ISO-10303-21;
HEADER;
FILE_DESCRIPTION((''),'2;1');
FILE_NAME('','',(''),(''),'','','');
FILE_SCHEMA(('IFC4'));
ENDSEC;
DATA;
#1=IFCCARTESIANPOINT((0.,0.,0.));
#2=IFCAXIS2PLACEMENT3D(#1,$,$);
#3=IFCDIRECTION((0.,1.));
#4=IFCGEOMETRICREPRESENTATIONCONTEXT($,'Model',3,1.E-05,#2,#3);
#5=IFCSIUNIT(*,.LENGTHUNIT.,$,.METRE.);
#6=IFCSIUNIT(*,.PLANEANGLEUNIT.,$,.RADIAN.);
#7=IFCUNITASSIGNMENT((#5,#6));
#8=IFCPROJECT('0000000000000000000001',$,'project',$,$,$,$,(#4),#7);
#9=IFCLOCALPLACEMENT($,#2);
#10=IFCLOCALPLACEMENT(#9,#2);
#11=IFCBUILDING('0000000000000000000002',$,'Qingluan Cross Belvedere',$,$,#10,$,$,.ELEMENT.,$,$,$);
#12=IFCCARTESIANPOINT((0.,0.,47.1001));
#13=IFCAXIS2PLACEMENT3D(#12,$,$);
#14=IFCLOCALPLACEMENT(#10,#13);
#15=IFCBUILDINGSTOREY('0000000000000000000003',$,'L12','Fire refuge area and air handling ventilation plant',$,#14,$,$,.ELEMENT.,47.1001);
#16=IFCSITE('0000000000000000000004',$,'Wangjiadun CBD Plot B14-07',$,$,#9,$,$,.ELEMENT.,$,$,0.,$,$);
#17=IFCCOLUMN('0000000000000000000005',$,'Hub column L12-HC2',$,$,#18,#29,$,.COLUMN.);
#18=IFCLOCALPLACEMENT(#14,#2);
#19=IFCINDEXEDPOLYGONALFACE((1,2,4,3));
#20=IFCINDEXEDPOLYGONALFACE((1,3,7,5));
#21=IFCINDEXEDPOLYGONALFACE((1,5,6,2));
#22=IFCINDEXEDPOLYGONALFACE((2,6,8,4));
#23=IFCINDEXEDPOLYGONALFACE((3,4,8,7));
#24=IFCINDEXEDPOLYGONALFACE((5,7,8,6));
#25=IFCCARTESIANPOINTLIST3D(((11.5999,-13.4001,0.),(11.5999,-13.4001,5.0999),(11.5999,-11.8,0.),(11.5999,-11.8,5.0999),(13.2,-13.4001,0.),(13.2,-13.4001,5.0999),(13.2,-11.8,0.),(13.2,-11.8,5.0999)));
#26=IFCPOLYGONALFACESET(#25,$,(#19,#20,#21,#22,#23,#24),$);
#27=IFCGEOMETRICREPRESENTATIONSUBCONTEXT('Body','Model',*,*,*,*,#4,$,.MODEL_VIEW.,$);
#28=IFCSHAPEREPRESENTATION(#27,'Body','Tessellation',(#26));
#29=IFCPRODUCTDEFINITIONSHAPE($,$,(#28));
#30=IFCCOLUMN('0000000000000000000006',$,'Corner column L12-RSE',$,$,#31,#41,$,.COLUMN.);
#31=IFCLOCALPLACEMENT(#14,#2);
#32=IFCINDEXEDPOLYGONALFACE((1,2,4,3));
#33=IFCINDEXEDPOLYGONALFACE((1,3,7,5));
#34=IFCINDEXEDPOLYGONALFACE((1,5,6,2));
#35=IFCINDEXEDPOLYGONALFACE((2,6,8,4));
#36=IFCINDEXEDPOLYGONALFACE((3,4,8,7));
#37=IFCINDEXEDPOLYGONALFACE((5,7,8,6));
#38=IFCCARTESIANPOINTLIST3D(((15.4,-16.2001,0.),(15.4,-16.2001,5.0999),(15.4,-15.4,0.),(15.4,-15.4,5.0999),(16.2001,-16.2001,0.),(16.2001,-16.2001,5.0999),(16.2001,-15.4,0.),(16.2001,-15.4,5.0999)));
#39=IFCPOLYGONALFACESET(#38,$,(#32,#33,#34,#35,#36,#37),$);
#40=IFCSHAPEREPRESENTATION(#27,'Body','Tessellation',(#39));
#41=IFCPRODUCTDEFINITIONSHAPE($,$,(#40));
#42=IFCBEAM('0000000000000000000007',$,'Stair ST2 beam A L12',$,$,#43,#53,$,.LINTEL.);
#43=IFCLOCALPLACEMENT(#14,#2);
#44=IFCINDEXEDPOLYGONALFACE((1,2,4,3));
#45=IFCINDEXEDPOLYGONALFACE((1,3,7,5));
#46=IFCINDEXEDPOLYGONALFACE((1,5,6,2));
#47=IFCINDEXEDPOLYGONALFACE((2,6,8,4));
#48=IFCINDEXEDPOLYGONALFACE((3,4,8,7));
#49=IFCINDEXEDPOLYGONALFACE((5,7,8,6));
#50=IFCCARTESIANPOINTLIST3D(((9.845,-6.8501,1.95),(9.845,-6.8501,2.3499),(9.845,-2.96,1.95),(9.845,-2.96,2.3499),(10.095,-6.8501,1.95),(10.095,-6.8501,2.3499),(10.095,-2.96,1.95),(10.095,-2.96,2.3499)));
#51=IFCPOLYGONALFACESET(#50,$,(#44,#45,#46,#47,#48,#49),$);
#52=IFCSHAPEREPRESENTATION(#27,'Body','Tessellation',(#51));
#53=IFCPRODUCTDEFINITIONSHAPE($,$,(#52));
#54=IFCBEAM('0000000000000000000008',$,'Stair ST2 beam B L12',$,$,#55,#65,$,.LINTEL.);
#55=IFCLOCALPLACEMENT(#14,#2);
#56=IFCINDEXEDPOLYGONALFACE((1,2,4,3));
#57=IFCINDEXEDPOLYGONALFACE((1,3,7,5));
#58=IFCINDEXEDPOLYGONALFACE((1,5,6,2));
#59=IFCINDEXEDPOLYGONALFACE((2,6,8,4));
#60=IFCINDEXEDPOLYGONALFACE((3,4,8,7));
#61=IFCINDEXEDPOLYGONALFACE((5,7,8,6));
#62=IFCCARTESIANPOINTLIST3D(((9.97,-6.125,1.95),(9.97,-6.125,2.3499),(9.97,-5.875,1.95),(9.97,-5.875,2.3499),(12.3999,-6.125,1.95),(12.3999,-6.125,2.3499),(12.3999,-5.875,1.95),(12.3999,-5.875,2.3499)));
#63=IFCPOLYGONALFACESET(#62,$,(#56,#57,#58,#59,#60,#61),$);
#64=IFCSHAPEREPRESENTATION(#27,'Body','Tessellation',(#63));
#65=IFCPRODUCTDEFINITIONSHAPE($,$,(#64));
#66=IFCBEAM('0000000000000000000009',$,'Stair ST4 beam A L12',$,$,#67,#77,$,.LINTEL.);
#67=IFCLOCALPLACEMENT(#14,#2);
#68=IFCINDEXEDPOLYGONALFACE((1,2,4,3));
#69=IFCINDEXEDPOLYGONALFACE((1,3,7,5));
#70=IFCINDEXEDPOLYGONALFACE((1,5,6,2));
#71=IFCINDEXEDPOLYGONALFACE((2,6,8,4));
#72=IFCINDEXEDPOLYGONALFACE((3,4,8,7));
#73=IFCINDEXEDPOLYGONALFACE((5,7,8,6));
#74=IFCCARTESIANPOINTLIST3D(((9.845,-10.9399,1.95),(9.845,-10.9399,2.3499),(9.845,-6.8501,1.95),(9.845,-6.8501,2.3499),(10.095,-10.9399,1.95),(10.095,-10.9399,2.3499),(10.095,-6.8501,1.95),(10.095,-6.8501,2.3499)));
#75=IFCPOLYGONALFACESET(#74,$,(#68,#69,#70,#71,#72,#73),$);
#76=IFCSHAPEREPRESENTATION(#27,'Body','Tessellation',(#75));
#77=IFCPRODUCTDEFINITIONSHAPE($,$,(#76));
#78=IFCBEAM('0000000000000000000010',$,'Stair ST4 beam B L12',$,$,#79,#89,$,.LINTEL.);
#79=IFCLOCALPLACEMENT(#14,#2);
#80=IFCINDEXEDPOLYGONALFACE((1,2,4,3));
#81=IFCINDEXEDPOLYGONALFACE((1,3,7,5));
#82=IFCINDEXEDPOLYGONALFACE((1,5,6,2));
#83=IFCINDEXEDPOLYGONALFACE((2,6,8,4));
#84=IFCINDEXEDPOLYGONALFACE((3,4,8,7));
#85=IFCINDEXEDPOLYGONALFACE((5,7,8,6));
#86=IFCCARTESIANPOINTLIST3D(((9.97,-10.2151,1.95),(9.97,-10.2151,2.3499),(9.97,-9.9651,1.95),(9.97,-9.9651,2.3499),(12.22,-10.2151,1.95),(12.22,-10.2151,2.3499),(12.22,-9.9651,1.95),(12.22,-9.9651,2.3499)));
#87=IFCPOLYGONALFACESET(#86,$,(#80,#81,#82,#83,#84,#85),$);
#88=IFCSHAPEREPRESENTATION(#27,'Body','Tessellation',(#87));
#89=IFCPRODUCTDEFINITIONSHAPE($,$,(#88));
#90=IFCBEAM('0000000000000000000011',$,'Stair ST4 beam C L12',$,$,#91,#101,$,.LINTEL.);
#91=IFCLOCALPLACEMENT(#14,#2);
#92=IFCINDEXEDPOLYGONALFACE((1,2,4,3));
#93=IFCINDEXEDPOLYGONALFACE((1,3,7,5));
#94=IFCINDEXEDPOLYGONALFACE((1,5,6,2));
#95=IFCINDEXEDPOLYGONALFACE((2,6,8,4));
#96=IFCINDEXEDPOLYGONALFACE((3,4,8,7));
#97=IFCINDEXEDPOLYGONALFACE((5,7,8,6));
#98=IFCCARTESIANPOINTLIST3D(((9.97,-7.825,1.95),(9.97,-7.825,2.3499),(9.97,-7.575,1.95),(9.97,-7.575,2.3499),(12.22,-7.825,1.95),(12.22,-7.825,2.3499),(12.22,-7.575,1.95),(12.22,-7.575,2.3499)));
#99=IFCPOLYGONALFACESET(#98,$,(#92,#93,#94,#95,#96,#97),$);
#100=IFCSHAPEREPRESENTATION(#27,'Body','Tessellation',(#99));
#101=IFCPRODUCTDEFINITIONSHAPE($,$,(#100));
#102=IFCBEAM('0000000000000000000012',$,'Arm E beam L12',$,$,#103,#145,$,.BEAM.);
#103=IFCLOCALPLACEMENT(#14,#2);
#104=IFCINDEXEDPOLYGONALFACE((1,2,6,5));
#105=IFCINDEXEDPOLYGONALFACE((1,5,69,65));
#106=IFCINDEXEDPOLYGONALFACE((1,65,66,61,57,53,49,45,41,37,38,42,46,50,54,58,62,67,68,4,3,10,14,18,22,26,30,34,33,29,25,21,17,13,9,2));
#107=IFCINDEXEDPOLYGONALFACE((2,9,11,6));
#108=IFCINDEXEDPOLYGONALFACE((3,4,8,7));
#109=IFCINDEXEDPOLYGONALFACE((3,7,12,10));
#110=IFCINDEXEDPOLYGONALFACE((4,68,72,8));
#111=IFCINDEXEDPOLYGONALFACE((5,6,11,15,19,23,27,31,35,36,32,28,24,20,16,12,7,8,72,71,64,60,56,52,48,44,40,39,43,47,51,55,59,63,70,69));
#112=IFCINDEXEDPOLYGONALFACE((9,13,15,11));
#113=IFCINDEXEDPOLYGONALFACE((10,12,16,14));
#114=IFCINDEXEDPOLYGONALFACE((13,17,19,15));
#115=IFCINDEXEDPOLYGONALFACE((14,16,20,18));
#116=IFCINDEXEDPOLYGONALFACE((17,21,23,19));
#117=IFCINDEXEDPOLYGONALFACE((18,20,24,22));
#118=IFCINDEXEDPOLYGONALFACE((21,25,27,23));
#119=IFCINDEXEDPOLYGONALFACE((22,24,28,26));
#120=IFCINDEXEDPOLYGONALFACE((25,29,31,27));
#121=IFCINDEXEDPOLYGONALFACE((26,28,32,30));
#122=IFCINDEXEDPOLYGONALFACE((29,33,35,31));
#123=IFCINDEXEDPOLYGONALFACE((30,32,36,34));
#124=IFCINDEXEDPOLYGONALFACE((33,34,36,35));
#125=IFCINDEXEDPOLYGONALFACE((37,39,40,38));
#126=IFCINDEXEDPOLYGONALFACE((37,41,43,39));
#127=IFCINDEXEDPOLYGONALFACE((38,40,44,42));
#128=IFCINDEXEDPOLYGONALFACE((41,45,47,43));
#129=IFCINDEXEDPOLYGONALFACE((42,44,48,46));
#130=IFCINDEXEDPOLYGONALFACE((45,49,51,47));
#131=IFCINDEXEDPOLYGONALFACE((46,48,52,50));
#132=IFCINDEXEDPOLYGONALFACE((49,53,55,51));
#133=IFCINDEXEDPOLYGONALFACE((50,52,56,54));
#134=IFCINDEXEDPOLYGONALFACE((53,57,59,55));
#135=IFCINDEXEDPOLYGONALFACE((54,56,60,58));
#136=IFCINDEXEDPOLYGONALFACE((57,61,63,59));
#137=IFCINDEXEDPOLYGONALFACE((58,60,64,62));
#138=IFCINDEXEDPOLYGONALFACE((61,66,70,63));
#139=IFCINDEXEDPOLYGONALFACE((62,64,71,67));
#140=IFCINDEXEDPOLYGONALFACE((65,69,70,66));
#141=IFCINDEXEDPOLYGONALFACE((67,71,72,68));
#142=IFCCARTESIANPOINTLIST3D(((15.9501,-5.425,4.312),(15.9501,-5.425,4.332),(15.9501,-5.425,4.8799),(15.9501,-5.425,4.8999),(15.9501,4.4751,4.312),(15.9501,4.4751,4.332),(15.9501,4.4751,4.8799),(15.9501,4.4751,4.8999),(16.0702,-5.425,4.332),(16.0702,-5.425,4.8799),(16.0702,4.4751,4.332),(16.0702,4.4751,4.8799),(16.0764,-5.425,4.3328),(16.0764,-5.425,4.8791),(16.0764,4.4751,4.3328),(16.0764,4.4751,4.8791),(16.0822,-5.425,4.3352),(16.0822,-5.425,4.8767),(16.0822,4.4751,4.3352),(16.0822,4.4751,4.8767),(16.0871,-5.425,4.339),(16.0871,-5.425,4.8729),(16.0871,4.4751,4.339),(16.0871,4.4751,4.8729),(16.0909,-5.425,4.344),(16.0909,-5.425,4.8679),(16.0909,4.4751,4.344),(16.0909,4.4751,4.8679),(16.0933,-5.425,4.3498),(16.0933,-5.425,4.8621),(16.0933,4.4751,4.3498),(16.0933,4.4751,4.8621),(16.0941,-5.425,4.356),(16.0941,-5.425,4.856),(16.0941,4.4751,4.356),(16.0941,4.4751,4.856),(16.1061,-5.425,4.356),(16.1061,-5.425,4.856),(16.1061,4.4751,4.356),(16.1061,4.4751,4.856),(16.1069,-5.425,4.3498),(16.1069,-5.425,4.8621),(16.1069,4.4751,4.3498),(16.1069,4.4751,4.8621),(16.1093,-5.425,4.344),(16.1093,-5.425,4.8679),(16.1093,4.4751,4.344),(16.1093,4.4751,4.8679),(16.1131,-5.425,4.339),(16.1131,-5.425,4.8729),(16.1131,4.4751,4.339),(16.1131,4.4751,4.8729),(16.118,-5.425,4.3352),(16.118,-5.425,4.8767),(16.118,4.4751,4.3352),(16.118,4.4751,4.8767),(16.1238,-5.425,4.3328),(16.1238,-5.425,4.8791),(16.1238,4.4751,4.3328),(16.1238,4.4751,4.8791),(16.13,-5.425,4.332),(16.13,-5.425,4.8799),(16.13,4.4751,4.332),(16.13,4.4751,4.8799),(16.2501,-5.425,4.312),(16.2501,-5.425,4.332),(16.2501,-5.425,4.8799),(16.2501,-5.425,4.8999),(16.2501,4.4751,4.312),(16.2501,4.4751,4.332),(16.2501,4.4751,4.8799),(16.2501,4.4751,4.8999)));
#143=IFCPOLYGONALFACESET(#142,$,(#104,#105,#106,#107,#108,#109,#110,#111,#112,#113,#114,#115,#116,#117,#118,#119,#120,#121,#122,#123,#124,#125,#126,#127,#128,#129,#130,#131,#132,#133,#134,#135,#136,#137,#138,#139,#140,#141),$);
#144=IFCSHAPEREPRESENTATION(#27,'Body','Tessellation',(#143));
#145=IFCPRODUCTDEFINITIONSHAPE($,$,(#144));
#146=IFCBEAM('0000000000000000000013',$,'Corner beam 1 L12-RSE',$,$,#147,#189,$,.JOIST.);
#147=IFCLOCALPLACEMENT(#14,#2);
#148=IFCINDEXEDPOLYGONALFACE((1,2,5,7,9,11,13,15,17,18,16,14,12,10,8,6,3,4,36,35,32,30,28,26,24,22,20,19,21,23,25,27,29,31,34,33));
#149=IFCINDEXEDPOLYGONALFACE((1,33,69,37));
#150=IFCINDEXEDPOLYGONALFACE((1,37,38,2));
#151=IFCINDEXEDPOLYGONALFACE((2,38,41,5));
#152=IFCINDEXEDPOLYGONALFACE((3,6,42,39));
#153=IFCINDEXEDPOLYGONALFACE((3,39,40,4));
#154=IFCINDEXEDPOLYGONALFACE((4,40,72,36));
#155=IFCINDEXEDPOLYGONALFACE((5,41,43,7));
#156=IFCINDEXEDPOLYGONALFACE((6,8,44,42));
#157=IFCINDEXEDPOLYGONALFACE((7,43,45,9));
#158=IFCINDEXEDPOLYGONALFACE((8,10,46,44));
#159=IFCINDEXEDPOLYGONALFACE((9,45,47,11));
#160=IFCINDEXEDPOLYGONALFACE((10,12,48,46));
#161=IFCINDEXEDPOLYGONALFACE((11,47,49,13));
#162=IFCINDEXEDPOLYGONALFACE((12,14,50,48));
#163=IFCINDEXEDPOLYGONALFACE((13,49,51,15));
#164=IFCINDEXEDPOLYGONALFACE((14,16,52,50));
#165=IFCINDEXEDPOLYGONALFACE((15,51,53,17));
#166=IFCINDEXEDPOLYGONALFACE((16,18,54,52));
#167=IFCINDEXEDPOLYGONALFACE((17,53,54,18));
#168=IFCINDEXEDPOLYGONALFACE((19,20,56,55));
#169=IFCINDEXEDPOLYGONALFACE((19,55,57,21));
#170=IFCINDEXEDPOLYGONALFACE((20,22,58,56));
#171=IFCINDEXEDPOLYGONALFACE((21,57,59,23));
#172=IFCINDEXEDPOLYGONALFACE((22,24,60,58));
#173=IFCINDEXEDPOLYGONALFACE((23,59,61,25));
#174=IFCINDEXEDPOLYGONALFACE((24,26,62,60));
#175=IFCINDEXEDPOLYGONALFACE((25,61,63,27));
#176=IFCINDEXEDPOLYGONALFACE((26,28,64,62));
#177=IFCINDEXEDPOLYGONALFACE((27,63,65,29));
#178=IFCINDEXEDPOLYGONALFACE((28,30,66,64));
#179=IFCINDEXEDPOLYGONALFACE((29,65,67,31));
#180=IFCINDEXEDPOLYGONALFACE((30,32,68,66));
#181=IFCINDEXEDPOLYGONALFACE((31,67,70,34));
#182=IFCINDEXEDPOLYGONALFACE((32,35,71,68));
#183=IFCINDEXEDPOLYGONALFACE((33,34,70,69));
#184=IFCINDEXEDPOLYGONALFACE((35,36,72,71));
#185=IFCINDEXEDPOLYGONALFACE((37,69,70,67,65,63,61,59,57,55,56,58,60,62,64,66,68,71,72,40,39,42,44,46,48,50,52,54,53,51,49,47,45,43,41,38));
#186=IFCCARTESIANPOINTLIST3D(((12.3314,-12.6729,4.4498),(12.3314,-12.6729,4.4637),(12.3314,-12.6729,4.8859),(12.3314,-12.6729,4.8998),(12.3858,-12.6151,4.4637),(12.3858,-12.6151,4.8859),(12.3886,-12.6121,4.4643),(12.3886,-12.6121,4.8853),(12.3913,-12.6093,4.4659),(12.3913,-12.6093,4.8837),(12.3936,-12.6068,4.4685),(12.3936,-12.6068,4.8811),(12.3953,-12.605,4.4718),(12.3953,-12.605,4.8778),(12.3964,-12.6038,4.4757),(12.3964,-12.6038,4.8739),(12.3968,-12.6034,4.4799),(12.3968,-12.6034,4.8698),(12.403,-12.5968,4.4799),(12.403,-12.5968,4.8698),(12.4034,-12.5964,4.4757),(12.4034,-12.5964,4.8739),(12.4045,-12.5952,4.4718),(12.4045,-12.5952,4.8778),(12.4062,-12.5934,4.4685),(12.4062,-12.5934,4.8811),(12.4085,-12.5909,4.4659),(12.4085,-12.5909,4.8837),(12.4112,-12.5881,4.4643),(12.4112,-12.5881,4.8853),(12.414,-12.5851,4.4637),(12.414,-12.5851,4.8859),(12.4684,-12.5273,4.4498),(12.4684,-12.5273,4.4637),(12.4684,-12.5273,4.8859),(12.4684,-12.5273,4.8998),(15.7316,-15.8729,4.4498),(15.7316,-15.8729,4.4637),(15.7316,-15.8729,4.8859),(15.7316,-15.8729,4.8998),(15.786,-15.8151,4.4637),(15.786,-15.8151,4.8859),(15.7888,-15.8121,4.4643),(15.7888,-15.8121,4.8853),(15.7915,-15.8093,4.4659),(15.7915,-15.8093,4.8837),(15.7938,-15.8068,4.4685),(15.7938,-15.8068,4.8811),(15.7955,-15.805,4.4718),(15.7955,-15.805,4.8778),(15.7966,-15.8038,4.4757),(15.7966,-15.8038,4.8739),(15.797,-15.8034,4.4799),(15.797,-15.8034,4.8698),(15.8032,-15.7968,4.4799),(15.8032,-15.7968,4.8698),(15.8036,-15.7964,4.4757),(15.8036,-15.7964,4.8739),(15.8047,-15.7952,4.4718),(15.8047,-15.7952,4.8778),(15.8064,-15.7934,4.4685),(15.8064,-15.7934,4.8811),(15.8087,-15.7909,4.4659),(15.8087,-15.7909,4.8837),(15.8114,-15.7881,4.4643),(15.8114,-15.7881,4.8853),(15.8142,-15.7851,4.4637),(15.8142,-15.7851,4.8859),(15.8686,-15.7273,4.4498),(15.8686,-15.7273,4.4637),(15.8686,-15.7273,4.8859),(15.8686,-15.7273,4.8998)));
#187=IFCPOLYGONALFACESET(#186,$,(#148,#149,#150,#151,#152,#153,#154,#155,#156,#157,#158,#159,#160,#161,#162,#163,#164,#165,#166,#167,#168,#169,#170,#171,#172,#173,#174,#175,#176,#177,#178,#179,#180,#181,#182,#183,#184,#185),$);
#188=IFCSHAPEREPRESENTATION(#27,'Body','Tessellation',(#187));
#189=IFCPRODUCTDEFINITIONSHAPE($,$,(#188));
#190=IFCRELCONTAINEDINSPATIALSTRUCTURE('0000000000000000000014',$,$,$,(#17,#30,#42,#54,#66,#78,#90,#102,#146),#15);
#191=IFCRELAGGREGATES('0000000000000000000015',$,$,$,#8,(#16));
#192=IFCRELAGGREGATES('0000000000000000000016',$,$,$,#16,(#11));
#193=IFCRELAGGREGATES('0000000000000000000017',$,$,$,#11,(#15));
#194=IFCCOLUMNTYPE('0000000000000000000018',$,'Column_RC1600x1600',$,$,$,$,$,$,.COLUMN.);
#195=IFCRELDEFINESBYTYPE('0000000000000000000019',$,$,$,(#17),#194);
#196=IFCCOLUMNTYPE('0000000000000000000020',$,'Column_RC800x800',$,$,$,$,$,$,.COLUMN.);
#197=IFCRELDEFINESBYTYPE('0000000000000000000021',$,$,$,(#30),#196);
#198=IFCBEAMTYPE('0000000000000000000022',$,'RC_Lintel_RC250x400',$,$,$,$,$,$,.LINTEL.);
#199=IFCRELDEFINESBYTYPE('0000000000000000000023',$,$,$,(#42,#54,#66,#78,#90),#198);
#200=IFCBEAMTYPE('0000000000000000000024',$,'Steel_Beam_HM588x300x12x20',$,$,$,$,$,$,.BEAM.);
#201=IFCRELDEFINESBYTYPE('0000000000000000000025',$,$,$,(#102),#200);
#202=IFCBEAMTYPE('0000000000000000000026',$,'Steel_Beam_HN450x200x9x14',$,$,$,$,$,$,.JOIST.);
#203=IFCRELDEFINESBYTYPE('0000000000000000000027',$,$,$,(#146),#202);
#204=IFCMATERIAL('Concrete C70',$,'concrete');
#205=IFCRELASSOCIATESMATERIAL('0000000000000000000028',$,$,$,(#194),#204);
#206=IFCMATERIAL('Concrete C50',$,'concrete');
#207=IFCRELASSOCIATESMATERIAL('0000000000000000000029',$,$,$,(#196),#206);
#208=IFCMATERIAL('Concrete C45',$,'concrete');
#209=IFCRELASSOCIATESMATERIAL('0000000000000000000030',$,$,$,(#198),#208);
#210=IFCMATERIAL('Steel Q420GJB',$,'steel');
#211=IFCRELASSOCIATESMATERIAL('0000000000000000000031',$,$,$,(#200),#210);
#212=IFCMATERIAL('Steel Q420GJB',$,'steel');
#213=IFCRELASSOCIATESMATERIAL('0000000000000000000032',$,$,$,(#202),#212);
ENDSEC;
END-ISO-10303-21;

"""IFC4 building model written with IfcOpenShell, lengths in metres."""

from ifc_helpers import new_model, si_unit, direction, frame, origin, origin_2d, place, context, subcontext, project, spatial, rectangle, i_section, extrude, material, material_profile, profile_set, type_object, element, save


model = new_model("IFC4")

# Units and contexts
model_context = context("Model", 3, precision=1e-05, world=origin(), true_north=direction((0.0, 1.0)))
body_context = subcontext(model_context, "Body", "Model", "MODEL_VIEW")
ifc_project = project(units=[si_unit("LENGTHUNIT", "METRE"), si_unit("PLANEANGLEUNIT", "RADIAN")], contexts=[model_context])

# Site, building, storey
site_placement = place(None, origin())
site = spatial("IfcSite", under=ifc_project, at=site_placement, Name="Wangjiadun CBD Plot B14-07", CompositionType="ELEMENT", RefElevation=0.0)
building_placement = place(site_placement, origin())
building = spatial("IfcBuilding", under=site, at=building_placement, Name="Qingluan Cross Belvedere", CompositionType="ELEMENT")
storey_placement = place(building_placement, frame((0.0, 0.0, 47.1001)))
storey = spatial("IfcBuildingStorey", under=building, at=storey_placement, Name="L12", Description="Fire refuge area and air handling ventilation plant", CompositionType="ELEMENT", Elevation=47.1001)

# Columns
ifc_material_1 = material(Name="Concrete C70", Category="concrete")
ifc_material_profile_1 = material_profile(ifc_material_1, rectangle(XDim=1.6001, YDim=1.6001, at=origin_2d()), Name="RC1600x1600")
ifc_profile_set_1 = profile_set([ifc_material_profile_1], Name="Concrete C70")
column_type_1 = type_object("IfcColumnType", Name="Column_RC1600x1600", PredefinedType="COLUMN", material=ifc_profile_set_1)
column_1_placement = place(storey_placement, frame((12.3999, -12.6001, 0.0), z_axis=(0.0, 0.0, 1.0), x_axis=(1.0, 0.0, 0.0)))
element("IfcColumn", 1, at=column_1_placement, inside=storey, type_object=column_type_1, Name="Hub column L12-HC2", PredefinedType="COLUMN", context=body_context, shape_type="SweptSolid", body=[
    extrude(rectangle(XDim=1.6001, YDim=1.6001, at=origin_2d()), origin(), (0.0, 0.0, 1.0), 5.0999),
])
ifc_material_2 = material(Name="Concrete C50", Category="concrete")
ifc_material_profile_2 = material_profile(ifc_material_2, rectangle(XDim=0.8, YDim=0.8, at=origin_2d()), Name="RC800x800")
ifc_profile_set_2 = profile_set([ifc_material_profile_2], Name="Concrete C50")
column_type_2 = type_object("IfcColumnType", Name="Column_RC800x800", PredefinedType="COLUMN", material=ifc_profile_set_2)
column_2_placement = place(storey_placement, frame((15.8, -15.8, 0.0), z_axis=(0.0, 0.0, 1.0), x_axis=(1.0, 0.0, 0.0)))
element("IfcColumn", 2, at=column_2_placement, inside=storey, type_object=column_type_2, Name="Corner column L12-RSE", PredefinedType="COLUMN", context=body_context, shape_type="SweptSolid", body=[
    extrude(rectangle(XDim=0.8, YDim=0.8, at=origin_2d()), origin(), (0.0, 0.0, 1.0), 5.0999),
])

# Beams
ifc_material_3 = material(Name="Concrete C45", Category="concrete")
ifc_material_profile_3 = material_profile(ifc_material_3, rectangle(XDim=0.25, YDim=0.3999, at=origin_2d()), Name="RC250x400")
ifc_profile_set_3 = profile_set([ifc_material_profile_3], Name="Concrete C45")
beam_type_1 = type_object("IfcBeamType", Name="RC_Lintel_RC250x400", PredefinedType="LINTEL", material=ifc_profile_set_3)
beam_1_placement = place(storey_placement, frame((9.97, -6.8501, 2.1499), z_axis=(0.0, 1.0, 0.0), x_axis=(-1.0, 0.0, 0.0)))
element("IfcBeam", 3, at=beam_1_placement, inside=storey, type_object=beam_type_1, Name="Stair ST2 beam A L12", PredefinedType="LINTEL", context=body_context, shape_type="SweptSolid", body=[
    extrude(rectangle(XDim=0.25, YDim=0.3999, at=origin_2d()), origin(), (0.0, 0.0, 1.0), 3.8901),
])
beam_2_placement = place(storey_placement, frame((12.3999, -6.0, 2.1499), z_axis=(-1.0, 0.0, 0.0), x_axis=(0.0, -1.0, 0.0)))
element("IfcBeam", 4, at=beam_2_placement, inside=storey, type_object=beam_type_1, Name="Stair ST2 beam B L12", PredefinedType="LINTEL", context=body_context, shape_type="SweptSolid", body=[
    extrude(rectangle(XDim=0.25, YDim=0.3999, at=origin_2d()), origin(), (0.0, 0.0, 1.0), 2.4299),
])
beam_3_placement = place(storey_placement, frame((9.97, -10.9399, 2.1499), z_axis=(0.0, 1.0, 0.0), x_axis=(-1.0, 0.0, 0.0)))
element("IfcBeam", 5, at=beam_3_placement, inside=storey, type_object=beam_type_1, Name="Stair ST4 beam A L12", PredefinedType="LINTEL", context=body_context, shape_type="SweptSolid", body=[
    extrude(rectangle(XDim=0.25, YDim=0.3999, at=origin_2d()), origin(), (0.0, 0.0, 1.0), 4.0898),
])
for number, where, z_axis, x_axis, name in (
    (6, (12.22, -10.0901, 2.1499), (-1.0, 0.0, 0.0), (0.0, -1.0, 0.0), "Stair ST4 beam B L12"),
    (7, (12.22, -7.7, 2.1499), (-1.0, 0.0, 0.0), (0.0, -1.0, 0.0), "Stair ST4 beam C L12"),
):
    element("IfcBeam", number, at=place(storey_placement, frame(where, z_axis=z_axis, x_axis=x_axis)), inside=storey, type_object=beam_type_1, Name=name, PredefinedType="LINTEL", context=body_context, shape_type="SweptSolid", body=[
        extrude(rectangle(XDim=0.25, YDim=0.3999, at=origin_2d()), origin(), (0.0, 0.0, 1.0), 2.25),
    ])
ifc_material_4 = material(Name="Steel Q420GJB", Category="steel")
ifc_material_profile_4 = material_profile(ifc_material_4, i_section(OverallWidth=0.3, OverallDepth=0.5879, WebThickness=0.012, FlangeThickness=0.02, FilletRadius=0.0239, at=origin_2d()), Name="HM588x300x12x20")
ifc_profile_set_4 = profile_set([ifc_material_profile_4], Name="Steel Q420GJB")
beam_type_2 = type_object("IfcBeamType", Name="Steel_Beam_HM588x300x12x20", PredefinedType="BEAM", material=ifc_profile_set_4)
beam_4_placement = place(storey_placement, frame((16.1001, -5.425, 4.606), z_axis=(0.0, 1.0, 0.0), x_axis=(-1.0, 0.0, 0.0)))
element("IfcBeam", 8, at=beam_4_placement, inside=storey, type_object=beam_type_2, Name="Arm E beam L12", PredefinedType="BEAM", context=body_context, shape_type="SweptSolid", body=[
    extrude(i_section(OverallWidth=0.3, OverallDepth=0.5879, WebThickness=0.012, FlangeThickness=0.02, FilletRadius=0.0239, at=origin_2d()), origin(), (0.0, 0.0, 1.0), 9.9001),
])
ifc_material_5 = material(Name="Steel Q420GJB", Category="steel")
ifc_material_profile_5 = material_profile(ifc_material_5, i_section(OverallWidth=0.2, OverallDepth=0.45, WebThickness=0.009, FlangeThickness=0.0139, FilletRadius=0.0161, at=origin_2d()), Name="HN450x200x9x14")
ifc_profile_set_5 = profile_set([ifc_material_profile_5], Name="Steel Q420GJB")
beam_type_3 = type_object("IfcBeamType", Name="Steel_Beam_HN450x200x9x14", PredefinedType="JOIST", material=ifc_profile_set_5)
beam_5_placement = place(storey_placement, frame((12.3999, -12.6001, 4.6748), z_axis=(0.72822, -0.685343, 0.0), x_axis=(0.685343, 0.72822, 0.0)))
element("IfcBeam", 9, at=beam_5_placement, inside=storey, type_object=beam_type_3, Name="Corner beam 1 L12-RSE", PredefinedType="JOIST", context=body_context, shape_type="SweptSolid", body=[
    extrude(i_section(OverallWidth=0.2, OverallDepth=0.45, WebThickness=0.009, FlangeThickness=0.0139, FilletRadius=0.0161, at=origin_2d()), origin(), (0.0, 0.0, 1.0), 4.6692),
])

save(model, "model.ifc")
